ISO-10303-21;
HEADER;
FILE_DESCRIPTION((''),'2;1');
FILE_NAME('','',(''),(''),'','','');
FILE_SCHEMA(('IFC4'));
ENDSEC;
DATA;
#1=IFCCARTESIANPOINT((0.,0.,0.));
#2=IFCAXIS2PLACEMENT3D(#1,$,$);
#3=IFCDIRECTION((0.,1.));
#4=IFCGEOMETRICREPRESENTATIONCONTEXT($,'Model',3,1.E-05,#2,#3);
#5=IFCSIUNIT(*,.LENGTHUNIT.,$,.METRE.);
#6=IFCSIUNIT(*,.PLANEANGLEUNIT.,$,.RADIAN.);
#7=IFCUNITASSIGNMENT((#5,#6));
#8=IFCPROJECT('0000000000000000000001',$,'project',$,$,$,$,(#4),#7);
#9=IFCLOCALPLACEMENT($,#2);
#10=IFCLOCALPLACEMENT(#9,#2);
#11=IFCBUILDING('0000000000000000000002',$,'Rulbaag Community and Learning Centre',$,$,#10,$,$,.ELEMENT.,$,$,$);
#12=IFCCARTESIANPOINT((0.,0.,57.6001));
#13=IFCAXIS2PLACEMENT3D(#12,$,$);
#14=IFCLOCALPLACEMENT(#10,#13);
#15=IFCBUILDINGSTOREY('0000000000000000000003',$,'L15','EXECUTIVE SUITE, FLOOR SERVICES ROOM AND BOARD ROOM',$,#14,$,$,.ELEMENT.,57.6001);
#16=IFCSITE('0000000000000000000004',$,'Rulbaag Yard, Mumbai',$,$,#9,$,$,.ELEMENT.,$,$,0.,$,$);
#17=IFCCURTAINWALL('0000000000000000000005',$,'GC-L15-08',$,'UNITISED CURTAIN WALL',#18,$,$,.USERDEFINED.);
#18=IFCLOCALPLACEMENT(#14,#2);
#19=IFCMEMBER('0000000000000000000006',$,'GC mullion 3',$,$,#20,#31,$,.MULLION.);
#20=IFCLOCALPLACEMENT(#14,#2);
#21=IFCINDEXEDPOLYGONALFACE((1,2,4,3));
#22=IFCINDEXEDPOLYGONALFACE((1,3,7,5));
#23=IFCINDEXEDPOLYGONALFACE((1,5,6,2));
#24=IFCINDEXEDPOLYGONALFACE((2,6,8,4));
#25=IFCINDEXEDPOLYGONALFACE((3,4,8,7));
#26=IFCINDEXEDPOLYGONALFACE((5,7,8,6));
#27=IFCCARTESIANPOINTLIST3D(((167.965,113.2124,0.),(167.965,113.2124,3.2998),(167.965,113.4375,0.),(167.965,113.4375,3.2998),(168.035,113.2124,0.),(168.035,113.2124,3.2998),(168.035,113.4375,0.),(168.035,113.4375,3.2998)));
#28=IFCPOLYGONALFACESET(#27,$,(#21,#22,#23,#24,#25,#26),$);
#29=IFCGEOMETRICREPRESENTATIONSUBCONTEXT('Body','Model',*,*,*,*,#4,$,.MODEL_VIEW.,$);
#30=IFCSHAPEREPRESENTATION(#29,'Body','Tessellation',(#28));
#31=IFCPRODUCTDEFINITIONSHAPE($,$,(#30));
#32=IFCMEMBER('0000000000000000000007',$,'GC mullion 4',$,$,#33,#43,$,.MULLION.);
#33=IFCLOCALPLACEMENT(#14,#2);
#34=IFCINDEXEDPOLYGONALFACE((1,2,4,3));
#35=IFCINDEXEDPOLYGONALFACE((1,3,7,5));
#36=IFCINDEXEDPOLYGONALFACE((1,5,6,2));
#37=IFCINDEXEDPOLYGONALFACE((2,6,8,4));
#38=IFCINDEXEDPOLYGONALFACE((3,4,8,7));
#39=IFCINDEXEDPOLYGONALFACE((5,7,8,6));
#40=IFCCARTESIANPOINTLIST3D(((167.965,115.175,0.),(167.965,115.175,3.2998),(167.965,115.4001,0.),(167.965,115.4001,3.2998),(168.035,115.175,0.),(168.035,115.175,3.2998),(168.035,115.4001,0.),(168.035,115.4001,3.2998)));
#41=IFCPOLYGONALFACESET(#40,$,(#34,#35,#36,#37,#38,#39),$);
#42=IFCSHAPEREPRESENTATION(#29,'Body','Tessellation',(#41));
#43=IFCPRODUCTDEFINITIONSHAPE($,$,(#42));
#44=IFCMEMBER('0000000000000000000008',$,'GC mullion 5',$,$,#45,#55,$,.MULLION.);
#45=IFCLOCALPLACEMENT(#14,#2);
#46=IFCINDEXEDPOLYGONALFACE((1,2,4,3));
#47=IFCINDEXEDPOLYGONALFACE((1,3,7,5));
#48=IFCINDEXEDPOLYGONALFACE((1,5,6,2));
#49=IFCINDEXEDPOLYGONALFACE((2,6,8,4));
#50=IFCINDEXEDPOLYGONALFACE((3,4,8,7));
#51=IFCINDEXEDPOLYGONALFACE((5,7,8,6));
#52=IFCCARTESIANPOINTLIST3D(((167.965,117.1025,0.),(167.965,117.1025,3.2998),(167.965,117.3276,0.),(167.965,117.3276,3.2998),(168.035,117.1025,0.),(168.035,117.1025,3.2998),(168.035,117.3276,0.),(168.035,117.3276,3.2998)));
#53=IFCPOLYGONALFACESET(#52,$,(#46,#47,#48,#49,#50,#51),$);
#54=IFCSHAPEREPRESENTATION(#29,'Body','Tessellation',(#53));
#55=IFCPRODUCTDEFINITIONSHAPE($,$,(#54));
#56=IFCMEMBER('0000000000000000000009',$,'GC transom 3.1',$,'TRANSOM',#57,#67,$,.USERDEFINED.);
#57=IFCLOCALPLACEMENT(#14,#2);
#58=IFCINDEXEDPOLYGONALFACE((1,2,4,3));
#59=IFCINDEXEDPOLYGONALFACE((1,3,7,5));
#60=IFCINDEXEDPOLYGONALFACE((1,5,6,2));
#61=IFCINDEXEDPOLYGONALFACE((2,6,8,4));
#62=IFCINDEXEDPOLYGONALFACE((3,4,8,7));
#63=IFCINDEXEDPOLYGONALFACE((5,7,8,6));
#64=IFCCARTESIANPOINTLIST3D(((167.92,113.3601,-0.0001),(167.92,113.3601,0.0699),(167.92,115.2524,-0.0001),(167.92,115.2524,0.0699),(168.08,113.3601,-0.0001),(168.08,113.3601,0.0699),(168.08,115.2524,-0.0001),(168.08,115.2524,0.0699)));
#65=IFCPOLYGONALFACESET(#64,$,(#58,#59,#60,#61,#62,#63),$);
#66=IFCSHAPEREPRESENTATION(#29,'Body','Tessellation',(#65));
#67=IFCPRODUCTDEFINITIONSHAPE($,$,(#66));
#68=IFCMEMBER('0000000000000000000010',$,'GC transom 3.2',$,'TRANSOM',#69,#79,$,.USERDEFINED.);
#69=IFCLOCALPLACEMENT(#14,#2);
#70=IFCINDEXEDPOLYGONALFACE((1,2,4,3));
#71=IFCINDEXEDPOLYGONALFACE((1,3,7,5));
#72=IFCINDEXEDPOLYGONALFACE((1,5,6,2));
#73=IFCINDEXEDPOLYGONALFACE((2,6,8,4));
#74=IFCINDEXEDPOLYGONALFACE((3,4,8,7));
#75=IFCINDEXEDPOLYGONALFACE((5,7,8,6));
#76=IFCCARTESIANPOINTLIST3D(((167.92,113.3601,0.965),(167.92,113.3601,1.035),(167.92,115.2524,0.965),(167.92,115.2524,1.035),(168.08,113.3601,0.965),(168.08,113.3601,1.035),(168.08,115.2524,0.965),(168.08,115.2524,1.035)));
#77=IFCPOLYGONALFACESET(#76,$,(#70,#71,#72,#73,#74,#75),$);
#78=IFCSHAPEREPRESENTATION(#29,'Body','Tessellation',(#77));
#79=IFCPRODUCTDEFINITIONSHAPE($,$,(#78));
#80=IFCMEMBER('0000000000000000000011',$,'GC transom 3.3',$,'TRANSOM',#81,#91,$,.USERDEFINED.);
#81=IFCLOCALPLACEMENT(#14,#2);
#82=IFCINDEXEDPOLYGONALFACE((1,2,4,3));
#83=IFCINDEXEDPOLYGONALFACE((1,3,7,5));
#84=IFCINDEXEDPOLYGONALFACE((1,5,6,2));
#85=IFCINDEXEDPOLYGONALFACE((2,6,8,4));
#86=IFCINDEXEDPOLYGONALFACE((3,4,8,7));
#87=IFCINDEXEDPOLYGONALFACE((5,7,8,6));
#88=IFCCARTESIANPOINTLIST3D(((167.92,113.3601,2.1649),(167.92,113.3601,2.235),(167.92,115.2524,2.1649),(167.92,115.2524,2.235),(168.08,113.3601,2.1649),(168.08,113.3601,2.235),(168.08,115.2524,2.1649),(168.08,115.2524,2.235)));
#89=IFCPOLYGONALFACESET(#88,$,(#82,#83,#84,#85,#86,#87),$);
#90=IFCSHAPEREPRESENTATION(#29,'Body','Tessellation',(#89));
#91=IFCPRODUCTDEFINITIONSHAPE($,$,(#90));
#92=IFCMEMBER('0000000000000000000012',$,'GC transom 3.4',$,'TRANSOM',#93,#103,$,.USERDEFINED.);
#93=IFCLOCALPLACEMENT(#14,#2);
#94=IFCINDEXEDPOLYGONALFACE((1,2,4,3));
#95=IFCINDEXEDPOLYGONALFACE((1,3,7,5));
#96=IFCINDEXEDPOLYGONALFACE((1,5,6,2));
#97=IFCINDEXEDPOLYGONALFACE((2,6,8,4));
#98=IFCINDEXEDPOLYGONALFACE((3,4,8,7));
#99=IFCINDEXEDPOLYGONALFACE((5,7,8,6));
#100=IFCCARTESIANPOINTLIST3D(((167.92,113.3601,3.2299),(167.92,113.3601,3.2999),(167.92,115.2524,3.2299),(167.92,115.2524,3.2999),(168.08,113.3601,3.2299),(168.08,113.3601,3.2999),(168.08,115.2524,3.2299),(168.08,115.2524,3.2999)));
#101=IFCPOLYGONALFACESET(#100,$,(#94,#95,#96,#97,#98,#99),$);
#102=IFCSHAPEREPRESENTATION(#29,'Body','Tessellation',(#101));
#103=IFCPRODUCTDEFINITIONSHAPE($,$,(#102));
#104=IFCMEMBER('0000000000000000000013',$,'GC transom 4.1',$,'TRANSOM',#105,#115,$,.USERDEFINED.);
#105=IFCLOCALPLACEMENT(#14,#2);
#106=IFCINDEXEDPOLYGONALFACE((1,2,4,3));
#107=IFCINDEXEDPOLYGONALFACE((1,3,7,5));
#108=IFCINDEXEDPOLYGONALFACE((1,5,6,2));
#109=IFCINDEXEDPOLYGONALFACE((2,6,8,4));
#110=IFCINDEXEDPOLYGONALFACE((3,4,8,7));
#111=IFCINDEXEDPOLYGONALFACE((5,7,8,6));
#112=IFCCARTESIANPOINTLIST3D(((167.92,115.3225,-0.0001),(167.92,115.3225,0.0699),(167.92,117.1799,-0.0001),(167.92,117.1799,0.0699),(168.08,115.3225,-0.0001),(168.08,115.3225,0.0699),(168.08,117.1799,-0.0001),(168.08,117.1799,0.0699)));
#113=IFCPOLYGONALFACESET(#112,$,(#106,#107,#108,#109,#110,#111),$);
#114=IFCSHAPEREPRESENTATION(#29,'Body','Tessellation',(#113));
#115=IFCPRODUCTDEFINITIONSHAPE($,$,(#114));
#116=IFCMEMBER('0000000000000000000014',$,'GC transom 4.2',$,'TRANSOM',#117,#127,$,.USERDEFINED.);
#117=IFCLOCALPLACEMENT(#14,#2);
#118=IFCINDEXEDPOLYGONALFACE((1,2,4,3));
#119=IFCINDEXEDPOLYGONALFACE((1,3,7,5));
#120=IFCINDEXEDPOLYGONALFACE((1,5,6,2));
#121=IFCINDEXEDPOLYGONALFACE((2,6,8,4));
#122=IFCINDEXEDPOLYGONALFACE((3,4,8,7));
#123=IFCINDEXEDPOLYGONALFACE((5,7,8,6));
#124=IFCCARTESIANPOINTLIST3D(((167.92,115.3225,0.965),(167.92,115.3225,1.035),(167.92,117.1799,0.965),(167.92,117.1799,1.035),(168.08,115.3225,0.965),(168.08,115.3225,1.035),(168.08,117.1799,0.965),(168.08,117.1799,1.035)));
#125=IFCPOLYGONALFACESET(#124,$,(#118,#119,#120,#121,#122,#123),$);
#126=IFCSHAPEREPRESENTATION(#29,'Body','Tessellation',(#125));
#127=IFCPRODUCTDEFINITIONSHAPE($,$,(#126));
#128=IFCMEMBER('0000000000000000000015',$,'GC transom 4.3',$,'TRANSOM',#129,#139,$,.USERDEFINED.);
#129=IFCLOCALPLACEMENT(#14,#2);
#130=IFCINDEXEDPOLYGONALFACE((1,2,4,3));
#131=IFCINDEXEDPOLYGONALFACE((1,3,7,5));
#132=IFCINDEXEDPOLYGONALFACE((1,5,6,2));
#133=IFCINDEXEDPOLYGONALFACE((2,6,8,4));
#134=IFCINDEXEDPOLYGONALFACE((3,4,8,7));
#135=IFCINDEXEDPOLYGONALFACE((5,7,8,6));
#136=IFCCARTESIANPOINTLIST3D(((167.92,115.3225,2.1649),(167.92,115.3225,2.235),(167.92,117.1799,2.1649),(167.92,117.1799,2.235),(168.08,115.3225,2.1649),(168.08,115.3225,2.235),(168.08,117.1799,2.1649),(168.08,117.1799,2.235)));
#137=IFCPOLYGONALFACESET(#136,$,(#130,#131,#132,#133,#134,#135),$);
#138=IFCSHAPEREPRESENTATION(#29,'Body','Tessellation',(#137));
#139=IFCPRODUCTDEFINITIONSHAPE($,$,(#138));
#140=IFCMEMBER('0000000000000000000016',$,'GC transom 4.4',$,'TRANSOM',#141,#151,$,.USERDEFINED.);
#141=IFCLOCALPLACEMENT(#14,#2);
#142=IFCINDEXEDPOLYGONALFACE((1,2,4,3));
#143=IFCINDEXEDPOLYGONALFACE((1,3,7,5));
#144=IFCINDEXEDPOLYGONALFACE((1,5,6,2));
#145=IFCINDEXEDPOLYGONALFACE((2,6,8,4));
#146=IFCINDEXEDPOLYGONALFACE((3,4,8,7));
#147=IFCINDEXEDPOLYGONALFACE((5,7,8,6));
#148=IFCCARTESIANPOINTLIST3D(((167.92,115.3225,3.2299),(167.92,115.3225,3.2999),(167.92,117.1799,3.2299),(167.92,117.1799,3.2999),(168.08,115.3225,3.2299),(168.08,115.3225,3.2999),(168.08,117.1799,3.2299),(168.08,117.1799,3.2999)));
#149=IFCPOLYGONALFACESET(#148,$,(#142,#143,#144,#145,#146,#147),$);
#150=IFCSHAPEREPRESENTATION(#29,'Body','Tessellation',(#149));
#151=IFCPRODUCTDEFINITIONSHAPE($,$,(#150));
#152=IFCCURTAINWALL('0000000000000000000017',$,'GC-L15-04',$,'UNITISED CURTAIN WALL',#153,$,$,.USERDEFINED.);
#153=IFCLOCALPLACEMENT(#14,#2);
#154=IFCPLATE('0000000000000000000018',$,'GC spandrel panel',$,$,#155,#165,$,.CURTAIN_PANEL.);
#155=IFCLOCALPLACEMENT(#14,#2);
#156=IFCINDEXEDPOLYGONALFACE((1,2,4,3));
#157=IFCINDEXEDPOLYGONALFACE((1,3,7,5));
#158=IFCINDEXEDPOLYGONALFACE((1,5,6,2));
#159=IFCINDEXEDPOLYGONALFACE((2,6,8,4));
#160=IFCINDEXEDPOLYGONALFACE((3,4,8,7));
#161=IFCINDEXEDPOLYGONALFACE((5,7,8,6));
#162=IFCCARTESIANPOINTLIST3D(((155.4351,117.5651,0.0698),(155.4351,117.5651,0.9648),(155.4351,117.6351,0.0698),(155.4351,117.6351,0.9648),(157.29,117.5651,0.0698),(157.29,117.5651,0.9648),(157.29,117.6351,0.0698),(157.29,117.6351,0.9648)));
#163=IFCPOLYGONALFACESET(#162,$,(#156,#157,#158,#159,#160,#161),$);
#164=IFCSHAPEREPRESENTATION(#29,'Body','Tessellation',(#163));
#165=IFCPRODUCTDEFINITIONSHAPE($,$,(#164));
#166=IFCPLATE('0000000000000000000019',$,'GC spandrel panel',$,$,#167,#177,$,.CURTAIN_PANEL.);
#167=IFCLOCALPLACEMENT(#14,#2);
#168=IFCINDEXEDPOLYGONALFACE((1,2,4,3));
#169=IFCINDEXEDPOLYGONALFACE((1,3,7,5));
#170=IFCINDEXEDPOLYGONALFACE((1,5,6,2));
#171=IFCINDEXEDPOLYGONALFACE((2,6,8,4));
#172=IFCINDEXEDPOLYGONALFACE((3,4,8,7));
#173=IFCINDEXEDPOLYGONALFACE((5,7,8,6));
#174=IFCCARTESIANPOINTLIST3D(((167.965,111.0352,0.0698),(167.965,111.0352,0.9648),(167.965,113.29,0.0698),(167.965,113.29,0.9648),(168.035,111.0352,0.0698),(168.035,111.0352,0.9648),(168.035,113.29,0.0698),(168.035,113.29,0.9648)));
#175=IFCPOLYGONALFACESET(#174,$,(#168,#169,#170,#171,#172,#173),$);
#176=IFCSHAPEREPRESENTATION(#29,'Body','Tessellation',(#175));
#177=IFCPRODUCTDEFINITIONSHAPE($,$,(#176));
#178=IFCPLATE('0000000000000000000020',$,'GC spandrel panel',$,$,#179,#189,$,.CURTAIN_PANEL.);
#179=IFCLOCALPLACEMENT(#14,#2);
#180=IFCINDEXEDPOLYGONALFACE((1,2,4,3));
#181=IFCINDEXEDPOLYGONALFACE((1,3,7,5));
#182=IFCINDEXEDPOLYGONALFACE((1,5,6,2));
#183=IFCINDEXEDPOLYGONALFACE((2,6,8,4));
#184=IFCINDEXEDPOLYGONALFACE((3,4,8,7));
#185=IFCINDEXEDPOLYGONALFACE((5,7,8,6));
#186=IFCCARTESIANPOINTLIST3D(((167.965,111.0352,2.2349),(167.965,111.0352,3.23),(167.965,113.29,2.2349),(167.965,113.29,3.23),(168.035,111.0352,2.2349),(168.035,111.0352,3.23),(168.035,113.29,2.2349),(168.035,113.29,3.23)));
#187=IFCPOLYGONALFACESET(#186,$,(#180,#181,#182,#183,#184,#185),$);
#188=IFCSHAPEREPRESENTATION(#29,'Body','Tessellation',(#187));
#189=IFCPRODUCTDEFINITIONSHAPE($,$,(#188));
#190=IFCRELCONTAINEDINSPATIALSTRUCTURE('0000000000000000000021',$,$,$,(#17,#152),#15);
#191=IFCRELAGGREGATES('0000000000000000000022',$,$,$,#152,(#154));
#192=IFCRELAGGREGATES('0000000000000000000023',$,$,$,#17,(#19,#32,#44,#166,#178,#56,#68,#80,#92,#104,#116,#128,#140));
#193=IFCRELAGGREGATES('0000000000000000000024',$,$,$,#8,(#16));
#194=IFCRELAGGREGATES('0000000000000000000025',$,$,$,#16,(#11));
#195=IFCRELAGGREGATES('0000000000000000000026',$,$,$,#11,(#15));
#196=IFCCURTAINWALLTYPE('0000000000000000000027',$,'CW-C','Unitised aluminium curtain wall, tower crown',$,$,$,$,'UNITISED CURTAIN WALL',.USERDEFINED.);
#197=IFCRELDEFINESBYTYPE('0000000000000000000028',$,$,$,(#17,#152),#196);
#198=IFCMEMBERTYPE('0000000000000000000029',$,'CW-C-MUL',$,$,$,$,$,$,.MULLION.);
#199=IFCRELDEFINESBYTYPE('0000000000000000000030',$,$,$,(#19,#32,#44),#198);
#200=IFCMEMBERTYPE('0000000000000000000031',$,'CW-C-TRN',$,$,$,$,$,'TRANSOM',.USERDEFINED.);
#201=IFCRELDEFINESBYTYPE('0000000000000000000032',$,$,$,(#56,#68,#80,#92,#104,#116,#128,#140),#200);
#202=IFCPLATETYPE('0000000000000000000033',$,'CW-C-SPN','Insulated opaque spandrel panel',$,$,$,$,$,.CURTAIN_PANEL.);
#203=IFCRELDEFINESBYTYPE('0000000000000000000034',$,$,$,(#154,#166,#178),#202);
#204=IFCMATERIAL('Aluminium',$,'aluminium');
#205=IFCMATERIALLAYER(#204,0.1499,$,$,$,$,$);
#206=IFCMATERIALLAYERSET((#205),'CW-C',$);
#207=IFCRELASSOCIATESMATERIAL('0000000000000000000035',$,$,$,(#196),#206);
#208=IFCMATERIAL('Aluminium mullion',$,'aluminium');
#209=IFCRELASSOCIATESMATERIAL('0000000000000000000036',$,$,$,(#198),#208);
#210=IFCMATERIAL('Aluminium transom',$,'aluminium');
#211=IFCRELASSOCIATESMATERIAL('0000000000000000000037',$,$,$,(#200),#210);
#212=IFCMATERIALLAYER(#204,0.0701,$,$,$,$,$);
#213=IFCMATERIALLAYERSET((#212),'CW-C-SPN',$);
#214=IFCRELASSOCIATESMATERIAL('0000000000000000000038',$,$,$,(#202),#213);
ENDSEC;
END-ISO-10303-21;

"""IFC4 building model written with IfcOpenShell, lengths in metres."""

from ifc_helpers import new_model, si_unit, direction, frame, origin, origin_2d, place, context, subcontext, project, spatial, rectangle, extrude, material, layer, layer_set, material_profile, profile_set, type_object, element, aggregate, save


model = new_model("IFC4")

# Units and contexts
model_context = context("Model", 3, precision=1e-05, world=origin(), true_north=direction((0.0, 1.0)))
body_context = subcontext(model_context, "Body", "Model", "MODEL_VIEW")
ifc_project = project(units=[si_unit("LENGTHUNIT", "METRE"), si_unit("PLANEANGLEUNIT", "RADIAN")], contexts=[model_context])

# Site, building, storey
site_placement = place(None, origin())
site = spatial("IfcSite", under=ifc_project, at=site_placement, Name="Rulbaag Yard, Mumbai", CompositionType="ELEMENT", RefElevation=0.0)
building_placement = place(site_placement, origin())
building = spatial("IfcBuilding", under=site, at=building_placement, Name="Rulbaag Community and Learning Centre", CompositionType="ELEMENT")
storey_placement = place(building_placement, frame((0.0, 0.0, 57.6001)))
storey = spatial("IfcBuildingStorey", under=building, at=storey_placement, Name="L15", Description="EXECUTIVE SUITE, FLOOR SERVICES ROOM AND BOARD ROOM", CompositionType="ELEMENT", Elevation=57.6001)

# Curtain wall, members
ifc_material_1 = material(Name="Aluminium", Category="aluminium")
ifc_layer_1 = layer(ifc_material_1, 0.1499)
ifc_layer_set_1 = layer_set([ifc_layer_1], Name="CW-C")
curtain_wall_type = type_object("IfcCurtainWallType", Name="CW-C", Description="Unitised aluminium curtain wall, tower crown", ElementType="UNITISED CURTAIN WALL", PredefinedType="USERDEFINED", material=ifc_layer_set_1)
curtain_wall_1_placement = place(storey_placement, origin())
curtain_wall_1 = element("IfcCurtainWall", 1, at=curtain_wall_1_placement, inside=storey, type_object=curtain_wall_type, Name="GC-L15-08", ObjectType="UNITISED CURTAIN WALL", PredefinedType="USERDEFINED")
ifc_material_2 = material(Name="Aluminium mullion", Category="aluminium")
ifc_material_profile_1 = material_profile(ifc_material_2, rectangle(XDim=0.0701, YDim=0.2251, at=origin_2d()), Name="AL 70x225")
ifc_profile_set_1 = profile_set([ifc_material_profile_1], Name="Aluminium mullion")
member_type_1 = type_object("IfcMemberType", Name="CW-C-MUL", PredefinedType="MULLION", material=ifc_profile_set_1)
member_1_placement = place(storey_placement, frame((168.0, 113.325, 0.0), z_axis=(0.0, 0.0, 1.0), x_axis=(-1.0, 0.0, 0.0)))
member_1 = element("IfcMember", 2, at=member_1_placement, type_object=member_type_1, Name="GC mullion 3", PredefinedType="MULLION", context=body_context, shape_type="SweptSolid", body=[
    extrude(rectangle(XDim=0.0701, YDim=0.2251, at=origin_2d()), origin(), (0.0, 0.0, 1.0), 3.2998),
])
member_2_placement = place(storey_placement, frame((168.0, 115.2876, 0.0), z_axis=(0.0, 0.0, 1.0), x_axis=(-1.0, 0.0, 0.0)))
member_2 = element("IfcMember", 3, at=member_2_placement, type_object=member_type_1, Name="GC mullion 4", PredefinedType="MULLION", context=body_context, shape_type="SweptSolid", body=[
    extrude(rectangle(XDim=0.0701, YDim=0.2251, at=origin_2d()), origin(), (0.0, 0.0, 1.0), 3.2998),
])
member_3_placement = place(storey_placement, frame((168.0, 117.2151, 0.0), z_axis=(0.0, 0.0, 1.0), x_axis=(-1.0, 0.0, 0.0)))
member_3 = element("IfcMember", 4, at=member_3_placement, type_object=member_type_1, Name="GC mullion 5", PredefinedType="MULLION", context=body_context, shape_type="SweptSolid", body=[
    extrude(rectangle(XDim=0.0701, YDim=0.2251, at=origin_2d()), origin(), (0.0, 0.0, 1.0), 3.2998),
])
ifc_material_3 = material(Name="Aluminium transom", Category="aluminium")
ifc_material_profile_2 = material_profile(ifc_material_3, rectangle(XDim=0.1599, YDim=0.0701, at=origin_2d()), Name="AL 70x160 T")
ifc_profile_set_2 = profile_set([ifc_material_profile_2], Name="Aluminium transom")
member_type_2 = type_object("IfcMemberType", Name="CW-C-TRN", ElementType="TRANSOM", PredefinedType="USERDEFINED", material=ifc_profile_set_2)
member_4_placement = place(storey_placement, frame((168.0, 113.3601, 0.0349), z_axis=(0.0, 1.0, 0.0), x_axis=(-1.0, 0.0, 0.0)))
member_4 = element("IfcMember", 5, at=member_4_placement, type_object=member_type_2, Name="GC transom 3.1", ObjectType="TRANSOM", PredefinedType="USERDEFINED", context=body_context, shape_type="SweptSolid", body=[
    extrude(rectangle(XDim=0.1599, YDim=0.0701, at=origin_2d()), origin(), (0.0, 0.0, 1.0), 1.8923),
])
member_5_placement = place(storey_placement, frame((168.0, 113.3601, 1.0), z_axis=(0.0, 1.0, 0.0), x_axis=(-1.0, 0.0, 0.0)))
member_5 = element("IfcMember", 6, at=member_5_placement, type_object=member_type_2, Name="GC transom 3.2", ObjectType="TRANSOM", PredefinedType="USERDEFINED", context=body_context, shape_type="SweptSolid", body=[
    extrude(rectangle(XDim=0.1599, YDim=0.0701, at=origin_2d()), origin(), (0.0, 0.0, 1.0), 1.8923),
])
member_6_placement = place(storey_placement, frame((168.0, 113.3601, 2.2), z_axis=(0.0, 1.0, 0.0), x_axis=(-1.0, 0.0, 0.0)))
member_6 = element("IfcMember", 7, at=member_6_placement, type_object=member_type_2, Name="GC transom 3.3", ObjectType="TRANSOM", PredefinedType="USERDEFINED", context=body_context, shape_type="SweptSolid", body=[
    extrude(rectangle(XDim=0.1599, YDim=0.0701, at=origin_2d()), origin(), (0.0, 0.0, 1.0), 1.8923),
])
member_7_placement = place(storey_placement, frame((168.0, 113.3601, 3.2649), z_axis=(0.0, 1.0, 0.0), x_axis=(-1.0, 0.0, 0.0)))
member_7 = element("IfcMember", 8, at=member_7_placement, type_object=member_type_2, Name="GC transom 3.4", ObjectType="TRANSOM", PredefinedType="USERDEFINED", context=body_context, shape_type="SweptSolid", body=[
    extrude(rectangle(XDim=0.1599, YDim=0.0701, at=origin_2d()), origin(), (0.0, 0.0, 1.0), 1.8923),
])
member_8_placement = place(storey_placement, frame((168.0, 115.3225, 0.0349), z_axis=(0.0, 1.0, 0.0), x_axis=(-1.0, 0.0, 0.0)))
member_8 = element("IfcMember", 9, at=member_8_placement, type_object=member_type_2, Name="GC transom 4.1", ObjectType="TRANSOM", PredefinedType="USERDEFINED", context=body_context, shape_type="SweptSolid", body=[
    extrude(rectangle(XDim=0.1599, YDim=0.0701, at=origin_2d()), origin(), (0.0, 0.0, 1.0), 1.8574),
])
member_9_placement = place(storey_placement, frame((168.0, 115.3225, 1.0), z_axis=(0.0, 1.0, 0.0), x_axis=(-1.0, 0.0, 0.0)))
member_9 = element("IfcMember", 10, at=member_9_placement, type_object=member_type_2, Name="GC transom 4.2", ObjectType="TRANSOM", PredefinedType="USERDEFINED", context=body_context, shape_type="SweptSolid", body=[
    extrude(rectangle(XDim=0.1599, YDim=0.0701, at=origin_2d()), origin(), (0.0, 0.0, 1.0), 1.8574),
])
member_10_placement = place(storey_placement, frame((168.0, 115.3225, 2.2), z_axis=(0.0, 1.0, 0.0), x_axis=(-1.0, 0.0, 0.0)))
member_10 = element("IfcMember", 11, at=member_10_placement, type_object=member_type_2, Name="GC transom 4.3", ObjectType="TRANSOM", PredefinedType="USERDEFINED", context=body_context, shape_type="SweptSolid", body=[
    extrude(rectangle(XDim=0.1599, YDim=0.0701, at=origin_2d()), origin(), (0.0, 0.0, 1.0), 1.8574),
])
member_11_placement = place(storey_placement, frame((168.0, 115.3225, 3.2649), z_axis=(0.0, 1.0, 0.0), x_axis=(-1.0, 0.0, 0.0)))
member_11 = element("IfcMember", 12, at=member_11_placement, type_object=member_type_2, Name="GC transom 4.4", ObjectType="TRANSOM", PredefinedType="USERDEFINED", context=body_context, shape_type="SweptSolid", body=[
    extrude(rectangle(XDim=0.1599, YDim=0.0701, at=origin_2d()), origin(), (0.0, 0.0, 1.0), 1.8574),
])

# Curtain wall, plate
curtain_wall_2_placement = place(storey_placement, origin())
curtain_wall_2 = element("IfcCurtainWall", 13, at=curtain_wall_2_placement, inside=storey, type_object=curtain_wall_type, Name="GC-L15-04", ObjectType="UNITISED CURTAIN WALL", PredefinedType="USERDEFINED")
ifc_layer_2 = layer(ifc_material_1, 0.0701)
ifc_layer_set_2 = layer_set([ifc_layer_2], Name="CW-C-SPN")
plate_type_1 = type_object("IfcPlateType", Name="CW-C-SPN", Description="Insulated opaque spandrel panel", PredefinedType="CURTAIN_PANEL", material=ifc_layer_set_2)
plate_1_placement = place(storey_placement, frame((156.3625, 117.6001, 0.0698), z_axis=(0.0, 0.0, 1.0), x_axis=(1.0, 0.0, 0.0)))
plate_1 = element("IfcPlate", 14, at=plate_1_placement, type_object=plate_type_1, Name="GC spandrel panel", PredefinedType="CURTAIN_PANEL", context=body_context, shape_type="SweptSolid", body=[
    extrude(rectangle(XDim=1.855, YDim=0.0701, at=origin_2d()), origin(), (0.0, 0.0, 1.0), 0.895),
])

# Plates
plate_2_placement = place(storey_placement, frame((168.0, 112.1626, 0.0698), z_axis=(0.0, 0.0, 1.0), x_axis=(0.0, 1.0, 0.0)))
plate_2 = element("IfcPlate", 15, at=plate_2_placement, type_object=plate_type_1, Name="GC spandrel panel", PredefinedType="CURTAIN_PANEL", context=body_context, shape_type="SweptSolid", body=[
    extrude(rectangle(XDim=2.2549, YDim=0.0701, at=origin_2d()), origin(), (0.0, 0.0, 1.0), 0.895),
])
plate_3_placement = place(storey_placement, frame((168.0, 112.1626, 2.2349), z_axis=(0.0, 0.0, 1.0), x_axis=(0.0, 1.0, 0.0)))
plate_3 = element("IfcPlate", 16, at=plate_3_placement, type_object=plate_type_1, Name="GC spandrel panel", PredefinedType="CURTAIN_PANEL", context=body_context, shape_type="SweptSolid", body=[
    extrude(rectangle(XDim=2.2549, YDim=0.0701, at=origin_2d()), origin(), (0.0, 0.0, 1.0), 0.9951),
])
aggregate(curtain_wall_2, [plate_1])
aggregate(curtain_wall_1, [member_1, member_2, member_3, plate_2, plate_3, member_4, member_5, member_6, member_7, member_8, member_9, member_10, member_11])

save(model, "model.ifc")
